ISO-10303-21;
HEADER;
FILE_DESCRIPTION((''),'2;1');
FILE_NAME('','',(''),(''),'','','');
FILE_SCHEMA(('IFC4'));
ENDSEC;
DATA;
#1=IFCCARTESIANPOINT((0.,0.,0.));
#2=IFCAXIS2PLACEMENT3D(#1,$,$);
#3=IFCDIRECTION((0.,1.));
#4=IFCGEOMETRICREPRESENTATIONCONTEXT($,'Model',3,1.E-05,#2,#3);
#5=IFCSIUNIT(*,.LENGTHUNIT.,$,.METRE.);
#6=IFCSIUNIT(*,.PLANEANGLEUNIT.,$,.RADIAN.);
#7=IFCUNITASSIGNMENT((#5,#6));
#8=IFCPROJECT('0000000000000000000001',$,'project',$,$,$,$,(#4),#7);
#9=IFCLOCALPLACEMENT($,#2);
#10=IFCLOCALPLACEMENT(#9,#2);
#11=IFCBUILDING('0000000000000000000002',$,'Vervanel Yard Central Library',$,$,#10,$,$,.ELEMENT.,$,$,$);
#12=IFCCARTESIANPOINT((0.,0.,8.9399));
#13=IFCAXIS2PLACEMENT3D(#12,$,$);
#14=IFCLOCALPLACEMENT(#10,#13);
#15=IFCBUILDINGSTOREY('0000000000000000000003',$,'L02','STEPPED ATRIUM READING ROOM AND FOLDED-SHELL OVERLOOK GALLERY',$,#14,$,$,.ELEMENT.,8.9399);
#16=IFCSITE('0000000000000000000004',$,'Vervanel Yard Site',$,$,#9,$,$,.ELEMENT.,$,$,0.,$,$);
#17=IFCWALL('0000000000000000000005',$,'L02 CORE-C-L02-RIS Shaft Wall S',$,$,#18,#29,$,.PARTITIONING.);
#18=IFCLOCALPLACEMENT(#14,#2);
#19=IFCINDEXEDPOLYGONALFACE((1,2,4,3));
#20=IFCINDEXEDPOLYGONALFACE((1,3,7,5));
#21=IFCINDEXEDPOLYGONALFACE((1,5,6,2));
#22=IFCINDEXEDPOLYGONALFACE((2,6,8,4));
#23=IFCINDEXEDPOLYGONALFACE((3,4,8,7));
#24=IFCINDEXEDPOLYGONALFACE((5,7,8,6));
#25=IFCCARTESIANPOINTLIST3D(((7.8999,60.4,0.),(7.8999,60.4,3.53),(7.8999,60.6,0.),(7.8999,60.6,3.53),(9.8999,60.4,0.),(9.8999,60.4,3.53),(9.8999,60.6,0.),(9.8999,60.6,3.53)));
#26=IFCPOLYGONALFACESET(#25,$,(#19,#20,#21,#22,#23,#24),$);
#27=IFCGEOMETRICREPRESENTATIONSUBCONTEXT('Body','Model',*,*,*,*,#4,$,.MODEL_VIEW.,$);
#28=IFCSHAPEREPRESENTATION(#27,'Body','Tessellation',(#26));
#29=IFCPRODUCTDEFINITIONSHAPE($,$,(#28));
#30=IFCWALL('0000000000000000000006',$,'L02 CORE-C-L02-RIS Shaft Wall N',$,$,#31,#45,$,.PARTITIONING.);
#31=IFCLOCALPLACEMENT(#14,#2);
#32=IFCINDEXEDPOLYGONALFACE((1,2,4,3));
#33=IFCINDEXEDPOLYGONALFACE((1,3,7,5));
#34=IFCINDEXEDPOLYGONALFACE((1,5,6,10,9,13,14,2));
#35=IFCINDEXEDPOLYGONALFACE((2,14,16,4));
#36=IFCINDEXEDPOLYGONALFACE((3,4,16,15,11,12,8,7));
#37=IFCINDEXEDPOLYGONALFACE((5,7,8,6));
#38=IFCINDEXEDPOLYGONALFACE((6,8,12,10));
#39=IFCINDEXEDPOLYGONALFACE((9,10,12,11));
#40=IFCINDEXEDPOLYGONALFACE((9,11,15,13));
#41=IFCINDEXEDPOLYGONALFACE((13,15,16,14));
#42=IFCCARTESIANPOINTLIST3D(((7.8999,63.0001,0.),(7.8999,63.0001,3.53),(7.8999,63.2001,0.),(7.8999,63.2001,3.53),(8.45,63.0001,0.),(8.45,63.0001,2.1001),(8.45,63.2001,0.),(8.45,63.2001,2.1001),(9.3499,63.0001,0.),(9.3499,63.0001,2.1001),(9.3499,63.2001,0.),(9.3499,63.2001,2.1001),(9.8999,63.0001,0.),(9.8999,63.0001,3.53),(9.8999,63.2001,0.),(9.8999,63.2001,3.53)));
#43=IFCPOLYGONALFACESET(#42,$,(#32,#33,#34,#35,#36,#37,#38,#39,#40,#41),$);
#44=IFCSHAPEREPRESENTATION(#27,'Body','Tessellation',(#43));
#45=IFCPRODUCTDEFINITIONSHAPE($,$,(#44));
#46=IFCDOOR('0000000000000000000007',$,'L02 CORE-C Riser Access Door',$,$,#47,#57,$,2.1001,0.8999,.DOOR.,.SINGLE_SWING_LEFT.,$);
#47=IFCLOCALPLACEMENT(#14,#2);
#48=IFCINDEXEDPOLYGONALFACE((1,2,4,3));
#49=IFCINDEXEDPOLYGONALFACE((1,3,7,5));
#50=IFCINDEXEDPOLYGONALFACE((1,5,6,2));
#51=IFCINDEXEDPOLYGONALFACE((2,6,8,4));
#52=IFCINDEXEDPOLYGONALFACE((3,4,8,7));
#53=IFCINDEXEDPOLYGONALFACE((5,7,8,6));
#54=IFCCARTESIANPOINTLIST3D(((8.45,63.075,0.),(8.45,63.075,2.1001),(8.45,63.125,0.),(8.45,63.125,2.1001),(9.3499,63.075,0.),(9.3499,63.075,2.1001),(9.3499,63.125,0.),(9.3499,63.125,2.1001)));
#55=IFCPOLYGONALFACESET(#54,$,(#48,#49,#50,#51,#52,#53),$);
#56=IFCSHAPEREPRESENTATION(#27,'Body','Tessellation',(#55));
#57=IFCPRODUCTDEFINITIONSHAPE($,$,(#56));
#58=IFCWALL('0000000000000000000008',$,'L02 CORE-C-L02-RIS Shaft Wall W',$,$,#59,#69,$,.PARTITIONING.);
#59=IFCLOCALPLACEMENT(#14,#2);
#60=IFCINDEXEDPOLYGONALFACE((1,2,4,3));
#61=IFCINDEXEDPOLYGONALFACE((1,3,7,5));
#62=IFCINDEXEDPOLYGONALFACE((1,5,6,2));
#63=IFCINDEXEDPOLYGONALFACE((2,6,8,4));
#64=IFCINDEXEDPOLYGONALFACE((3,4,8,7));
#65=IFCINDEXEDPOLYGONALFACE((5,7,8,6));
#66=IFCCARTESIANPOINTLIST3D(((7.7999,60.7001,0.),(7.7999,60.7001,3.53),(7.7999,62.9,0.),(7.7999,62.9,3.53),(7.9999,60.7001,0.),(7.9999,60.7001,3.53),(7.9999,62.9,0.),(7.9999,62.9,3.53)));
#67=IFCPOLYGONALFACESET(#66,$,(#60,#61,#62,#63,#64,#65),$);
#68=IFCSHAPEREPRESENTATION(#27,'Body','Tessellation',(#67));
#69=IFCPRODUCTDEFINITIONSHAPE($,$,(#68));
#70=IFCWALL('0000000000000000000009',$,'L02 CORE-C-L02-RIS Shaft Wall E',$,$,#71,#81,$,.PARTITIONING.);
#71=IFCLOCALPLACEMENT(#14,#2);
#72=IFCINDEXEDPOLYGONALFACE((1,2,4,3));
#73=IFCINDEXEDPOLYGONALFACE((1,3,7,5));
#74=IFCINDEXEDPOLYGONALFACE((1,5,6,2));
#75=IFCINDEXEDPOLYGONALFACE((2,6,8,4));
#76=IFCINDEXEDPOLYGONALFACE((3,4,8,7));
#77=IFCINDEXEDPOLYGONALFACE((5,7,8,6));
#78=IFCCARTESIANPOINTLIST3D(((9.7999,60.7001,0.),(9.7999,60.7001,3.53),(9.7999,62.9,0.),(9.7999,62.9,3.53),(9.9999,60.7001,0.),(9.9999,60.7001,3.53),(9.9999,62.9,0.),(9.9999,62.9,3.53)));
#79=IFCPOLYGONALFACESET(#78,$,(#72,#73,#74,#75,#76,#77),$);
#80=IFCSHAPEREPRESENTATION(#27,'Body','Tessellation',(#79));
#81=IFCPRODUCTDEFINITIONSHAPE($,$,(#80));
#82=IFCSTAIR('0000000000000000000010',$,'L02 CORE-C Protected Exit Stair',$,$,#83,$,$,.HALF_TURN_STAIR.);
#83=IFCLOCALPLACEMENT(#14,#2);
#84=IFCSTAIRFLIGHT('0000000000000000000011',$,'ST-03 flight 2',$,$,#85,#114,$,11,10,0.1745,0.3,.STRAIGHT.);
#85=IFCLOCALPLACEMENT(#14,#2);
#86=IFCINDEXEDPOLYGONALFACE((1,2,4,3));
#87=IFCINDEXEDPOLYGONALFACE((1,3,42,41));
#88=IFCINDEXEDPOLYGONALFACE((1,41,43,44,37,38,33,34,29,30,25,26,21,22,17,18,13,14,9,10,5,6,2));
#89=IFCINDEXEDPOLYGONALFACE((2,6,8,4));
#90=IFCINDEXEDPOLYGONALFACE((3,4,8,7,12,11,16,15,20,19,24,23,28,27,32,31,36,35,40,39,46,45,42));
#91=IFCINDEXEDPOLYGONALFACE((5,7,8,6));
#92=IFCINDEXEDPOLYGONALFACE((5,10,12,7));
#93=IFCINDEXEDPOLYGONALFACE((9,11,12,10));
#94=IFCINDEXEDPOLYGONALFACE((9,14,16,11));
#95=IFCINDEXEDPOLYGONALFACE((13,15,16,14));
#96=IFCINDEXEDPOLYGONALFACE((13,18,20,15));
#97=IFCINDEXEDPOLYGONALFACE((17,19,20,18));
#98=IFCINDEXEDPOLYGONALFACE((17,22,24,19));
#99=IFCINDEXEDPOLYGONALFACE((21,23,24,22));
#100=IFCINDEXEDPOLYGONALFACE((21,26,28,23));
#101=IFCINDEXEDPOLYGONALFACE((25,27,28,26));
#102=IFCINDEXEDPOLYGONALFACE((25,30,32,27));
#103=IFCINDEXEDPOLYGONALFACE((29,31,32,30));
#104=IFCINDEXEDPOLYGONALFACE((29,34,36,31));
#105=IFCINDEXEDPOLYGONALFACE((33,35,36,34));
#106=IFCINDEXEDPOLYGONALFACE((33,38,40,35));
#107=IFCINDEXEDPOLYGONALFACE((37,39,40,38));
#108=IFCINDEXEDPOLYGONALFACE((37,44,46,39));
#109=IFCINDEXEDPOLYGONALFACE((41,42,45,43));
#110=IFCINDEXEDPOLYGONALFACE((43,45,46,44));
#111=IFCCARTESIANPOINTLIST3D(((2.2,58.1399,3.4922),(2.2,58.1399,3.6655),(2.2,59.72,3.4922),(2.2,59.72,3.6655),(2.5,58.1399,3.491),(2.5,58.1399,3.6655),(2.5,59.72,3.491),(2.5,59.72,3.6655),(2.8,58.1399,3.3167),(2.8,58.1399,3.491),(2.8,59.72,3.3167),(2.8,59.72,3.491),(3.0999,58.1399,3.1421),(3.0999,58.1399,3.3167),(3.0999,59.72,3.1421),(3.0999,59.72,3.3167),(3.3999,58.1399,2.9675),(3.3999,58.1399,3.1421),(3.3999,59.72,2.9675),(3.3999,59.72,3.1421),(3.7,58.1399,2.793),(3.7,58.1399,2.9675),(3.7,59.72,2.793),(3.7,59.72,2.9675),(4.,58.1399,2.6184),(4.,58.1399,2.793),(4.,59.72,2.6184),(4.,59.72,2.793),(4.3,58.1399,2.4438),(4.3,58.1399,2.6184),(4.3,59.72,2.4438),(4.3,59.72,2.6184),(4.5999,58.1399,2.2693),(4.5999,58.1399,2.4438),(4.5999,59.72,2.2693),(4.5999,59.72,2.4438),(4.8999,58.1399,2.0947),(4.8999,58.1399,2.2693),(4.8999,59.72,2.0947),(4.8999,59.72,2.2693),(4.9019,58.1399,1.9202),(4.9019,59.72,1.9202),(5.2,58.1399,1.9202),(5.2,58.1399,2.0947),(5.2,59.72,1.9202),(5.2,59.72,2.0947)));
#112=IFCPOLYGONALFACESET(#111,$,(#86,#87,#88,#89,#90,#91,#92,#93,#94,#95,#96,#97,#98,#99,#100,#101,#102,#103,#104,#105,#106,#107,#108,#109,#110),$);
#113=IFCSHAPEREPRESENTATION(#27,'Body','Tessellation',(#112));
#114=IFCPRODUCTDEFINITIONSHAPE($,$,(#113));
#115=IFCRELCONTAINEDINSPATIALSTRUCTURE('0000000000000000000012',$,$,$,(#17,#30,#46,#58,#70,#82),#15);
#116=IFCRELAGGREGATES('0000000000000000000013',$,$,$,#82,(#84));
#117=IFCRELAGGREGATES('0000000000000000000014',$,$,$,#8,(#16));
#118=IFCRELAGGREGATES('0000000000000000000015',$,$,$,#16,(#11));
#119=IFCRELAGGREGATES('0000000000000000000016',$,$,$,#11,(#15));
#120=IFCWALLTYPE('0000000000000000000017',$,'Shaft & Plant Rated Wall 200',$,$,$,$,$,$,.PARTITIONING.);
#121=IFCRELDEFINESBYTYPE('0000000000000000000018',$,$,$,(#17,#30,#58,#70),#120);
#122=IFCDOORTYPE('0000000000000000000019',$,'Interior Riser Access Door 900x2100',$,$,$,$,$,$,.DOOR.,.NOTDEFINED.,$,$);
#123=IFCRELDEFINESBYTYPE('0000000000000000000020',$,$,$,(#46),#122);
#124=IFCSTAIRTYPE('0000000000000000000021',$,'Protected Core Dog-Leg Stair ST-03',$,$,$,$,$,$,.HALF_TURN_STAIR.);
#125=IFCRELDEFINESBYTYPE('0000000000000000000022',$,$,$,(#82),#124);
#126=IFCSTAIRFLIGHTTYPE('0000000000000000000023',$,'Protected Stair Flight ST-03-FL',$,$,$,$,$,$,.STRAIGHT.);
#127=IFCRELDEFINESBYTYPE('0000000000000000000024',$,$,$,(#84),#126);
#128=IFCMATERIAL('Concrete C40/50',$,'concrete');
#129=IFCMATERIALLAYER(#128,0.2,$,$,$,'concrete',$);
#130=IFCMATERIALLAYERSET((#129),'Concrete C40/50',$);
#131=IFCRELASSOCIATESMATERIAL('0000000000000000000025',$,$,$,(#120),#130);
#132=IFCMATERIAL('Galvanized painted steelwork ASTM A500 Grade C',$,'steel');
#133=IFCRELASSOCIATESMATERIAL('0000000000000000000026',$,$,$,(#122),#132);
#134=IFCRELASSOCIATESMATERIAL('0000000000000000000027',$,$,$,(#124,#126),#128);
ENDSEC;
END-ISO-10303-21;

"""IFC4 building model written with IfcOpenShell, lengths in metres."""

from ifc_helpers import new_model, si_unit, direction, frame, frame_2d, origin, place, context, subcontext, project, spatial, polyline, rectangle, outline, extrude, material, layer, layer_set, type_object, element, fill, aggregate, save


model = new_model("IFC4")

# Units and contexts
model_context = context("Model", 3, precision=1e-05, world=origin(), true_north=direction((0.0, 1.0)))
body_context = subcontext(model_context, "Body", "Model", "MODEL_VIEW")
ifc_project = project(units=[si_unit("LENGTHUNIT", "METRE"), si_unit("PLANEANGLEUNIT", "RADIAN")], contexts=[model_context])

# Site, building, storey
site_placement = place(None, origin())
site = spatial("IfcSite", under=ifc_project, at=site_placement, Name="Vervanel Yard Site", CompositionType="ELEMENT", RefElevation=0.0)
building_placement = place(site_placement, origin())
building = spatial("IfcBuilding", under=site, at=building_placement, Name="Vervanel Yard Central Library", CompositionType="ELEMENT")
storey_placement = place(building_placement, frame((0.0, 0.0, 8.9399)))
storey = spatial("IfcBuildingStorey", under=building, at=storey_placement, Name="L02", Description="STEPPED ATRIUM READING ROOM AND FOLDED-SHELL OVERLOOK GALLERY", CompositionType="ELEMENT", Elevation=8.9399)

# Shared definitions
ifc_material_1 = material(Name="Concrete C40/50", Category="concrete")

# Shared definitions
ifc_layer_1 = layer(ifc_material_1, 0.2, Category="concrete")
ifc_layer_set_1 = layer_set([ifc_layer_1], Name="Concrete C40/50")
wall_type_1 = type_object("IfcWallType", Name="Shaft & Plant Rated Wall 200", PredefinedType="PARTITIONING", material=ifc_layer_set_1)

# Wall
wall_1_placement = place(storey_placement, frame((7.8999, 60.5, 0.0), z_axis=(0.0, 0.0, 1.0), x_axis=(1.0, 0.0, 0.0)))
element("IfcWall", 1, at=wall_1_placement, inside=storey, type_object=wall_type_1, Name="L02 CORE-C-L02-RIS Shaft Wall S", PredefinedType="PARTITIONING", context=body_context, shape_type="SweptSolid", body=[
    extrude(rectangle(XDim=2.0, YDim=0.2, at=frame_2d((1.0, 0.0))), origin(), (0.0, 0.0, 1.0), 3.53),
])

# Wall, opening, door
wall_2_placement = place(storey_placement, frame((7.8999, 63.1001, 0.0), z_axis=(0.0, 0.0, 1.0), x_axis=(1.0, 0.0, 0.0)))
wall_2 = element("IfcWall", 2, at=wall_2_placement, inside=storey, type_object=wall_type_1, Name="L02 CORE-C-L02-RIS Shaft Wall N", PredefinedType="PARTITIONING", context=body_context, shape_type="SweptSolid", body=[
    extrude(rectangle(XDim=2.0, YDim=0.2, at=frame_2d((1.0, 0.0))), origin(), (0.0, 0.0, 1.0), 3.53),
])
opening_1_placement = place(wall_2_placement, frame((0.55, 0.0, 0.0)))
opening_1 = element("IfcOpeningElement", 3, at=opening_1_placement, cuts=wall_2, PredefinedType="OPENING", context=body_context, shape_type="SweptSolid", body=[
    extrude(rectangle(XDim=0.8999, YDim=2.1001, at=frame_2d((0.45, 1.05))), frame((0.0, 0.1099, 0.0), z_axis=(0.0, -1.0, 0.0), x_axis=(1.0, 0.0, 0.0)), (0.0, 0.0, 1.0), 0.22),
])
ifc_material_2 = material(Name="Galvanized painted steelwork ASTM A500 Grade C", Category="steel")
door_type_1 = type_object("IfcDoorType", Name="Interior Riser Access Door 900x2100", OperationType="NOTDEFINED", PredefinedType="DOOR", material=ifc_material_2)
door_1_placement = place(opening_1_placement, origin())
door_1 = element("IfcDoor", 4, at=door_1_placement, inside=storey, type_object=door_type_1, Name="L02 CORE-C Riser Access Door", OperationType="SINGLE_SWING_LEFT", OverallHeight=2.1001, OverallWidth=0.8999, PredefinedType="DOOR", context=body_context, shape_type="SweptSolid", body=[
    extrude(rectangle(XDim=0.8999, YDim=2.1001, at=frame_2d((0.45, 1.05))), frame((0.0, 0.0249, 0.0), z_axis=(0.0, -1.0, 0.0), x_axis=(1.0, 0.0, 0.0)), (0.0, 0.0, 1.0), 0.05),
])
fill(opening_1, door_1)

# Walls
for number, where, z_axis, x_axis, name in (
    (5, (7.8999, 60.7, 0.0), (0.0, 0.0, 1.0), (0.0, 1.0, 0.0), "L02 CORE-C-L02-RIS Shaft Wall W"),
    (6, (9.8999, 60.7, 0.0), (0.0, 0.0, 1.0), (0.0, 1.0, 0.0), "L02 CORE-C-L02-RIS Shaft Wall E"),
):
    element("IfcWall", number, at=place(storey_placement, frame(where, z_axis=z_axis, x_axis=x_axis)), inside=storey, type_object=wall_type_1, Name=name, PredefinedType="PARTITIONING", context=body_context, shape_type="SweptSolid", body=[
        extrude(rectangle(XDim=2.2, YDim=0.2, at=frame_2d((1.1001, 0.0))), origin(), (0.0, 0.0, 1.0), 3.53),
    ])

# Stair, stair flight
stair_type = type_object("IfcStairType", Name="Protected Core Dog-Leg Stair ST-03", PredefinedType="HALF_TURN_STAIR", material=ifc_material_1)
stair_placement = place(storey_placement, origin())
stair = element("IfcStair", 7, at=stair_placement, inside=storey, type_object=stair_type, Name="L02 CORE-C Protected Exit Stair", PredefinedType="HALF_TURN_STAIR")
stair_flight_type = type_object("IfcStairFlightType", Name="Protected Stair Flight ST-03-FL", PredefinedType="STRAIGHT", material=ifc_material_1)
stair_flight_placement = place(storey_placement, frame((5.2, 58.9299, 1.9202), z_axis=(0.0, 0.0, 1.0), x_axis=(-1.0, 0.0, 0.0)))
stair_flight = element("IfcStairFlight", 8, at=stair_flight_placement, type_object=stair_flight_type, Name="ST-03 flight 2", NumberOfRisers=11, NumberOfTreads=10, PredefinedType="STRAIGHT", RiserHeight=0.1745, TreadLength=0.3, context=body_context, shape_type="SweptSolid", body=[
    extrude(outline(polyline([(0.0, 0.0), (0.0, 0.1746), (0.3, 0.1746), (0.3, 0.3491), (0.6001, 0.3491), (0.6001, 0.5237), (0.8999, 0.5237), (0.8999, 0.6982), (1.2, 0.6982), (1.2, 0.8728), (1.5, 0.8728), (1.5, 1.0474), (1.8, 1.0474), (1.8, 1.2219), (2.1001, 1.2219), (2.1001, 1.3965), (2.3999, 1.3965), (2.3999, 1.5708), (2.7, 1.5708), (2.7, 1.7454), (3.0, 1.7454), (3.0, 1.9199), (3.0, 1.572), (0.2981, 0.0), (0.0, 0.0)])), frame((0.0, 0.79, 0.0), z_axis=(0.0, -1.0, 0.0), x_axis=(1.0, 0.0, 0.0)), (0.0, 0.0, 1.0), 1.5801),
])
aggregate(stair, [stair_flight])

save(model, "model.ifc")
